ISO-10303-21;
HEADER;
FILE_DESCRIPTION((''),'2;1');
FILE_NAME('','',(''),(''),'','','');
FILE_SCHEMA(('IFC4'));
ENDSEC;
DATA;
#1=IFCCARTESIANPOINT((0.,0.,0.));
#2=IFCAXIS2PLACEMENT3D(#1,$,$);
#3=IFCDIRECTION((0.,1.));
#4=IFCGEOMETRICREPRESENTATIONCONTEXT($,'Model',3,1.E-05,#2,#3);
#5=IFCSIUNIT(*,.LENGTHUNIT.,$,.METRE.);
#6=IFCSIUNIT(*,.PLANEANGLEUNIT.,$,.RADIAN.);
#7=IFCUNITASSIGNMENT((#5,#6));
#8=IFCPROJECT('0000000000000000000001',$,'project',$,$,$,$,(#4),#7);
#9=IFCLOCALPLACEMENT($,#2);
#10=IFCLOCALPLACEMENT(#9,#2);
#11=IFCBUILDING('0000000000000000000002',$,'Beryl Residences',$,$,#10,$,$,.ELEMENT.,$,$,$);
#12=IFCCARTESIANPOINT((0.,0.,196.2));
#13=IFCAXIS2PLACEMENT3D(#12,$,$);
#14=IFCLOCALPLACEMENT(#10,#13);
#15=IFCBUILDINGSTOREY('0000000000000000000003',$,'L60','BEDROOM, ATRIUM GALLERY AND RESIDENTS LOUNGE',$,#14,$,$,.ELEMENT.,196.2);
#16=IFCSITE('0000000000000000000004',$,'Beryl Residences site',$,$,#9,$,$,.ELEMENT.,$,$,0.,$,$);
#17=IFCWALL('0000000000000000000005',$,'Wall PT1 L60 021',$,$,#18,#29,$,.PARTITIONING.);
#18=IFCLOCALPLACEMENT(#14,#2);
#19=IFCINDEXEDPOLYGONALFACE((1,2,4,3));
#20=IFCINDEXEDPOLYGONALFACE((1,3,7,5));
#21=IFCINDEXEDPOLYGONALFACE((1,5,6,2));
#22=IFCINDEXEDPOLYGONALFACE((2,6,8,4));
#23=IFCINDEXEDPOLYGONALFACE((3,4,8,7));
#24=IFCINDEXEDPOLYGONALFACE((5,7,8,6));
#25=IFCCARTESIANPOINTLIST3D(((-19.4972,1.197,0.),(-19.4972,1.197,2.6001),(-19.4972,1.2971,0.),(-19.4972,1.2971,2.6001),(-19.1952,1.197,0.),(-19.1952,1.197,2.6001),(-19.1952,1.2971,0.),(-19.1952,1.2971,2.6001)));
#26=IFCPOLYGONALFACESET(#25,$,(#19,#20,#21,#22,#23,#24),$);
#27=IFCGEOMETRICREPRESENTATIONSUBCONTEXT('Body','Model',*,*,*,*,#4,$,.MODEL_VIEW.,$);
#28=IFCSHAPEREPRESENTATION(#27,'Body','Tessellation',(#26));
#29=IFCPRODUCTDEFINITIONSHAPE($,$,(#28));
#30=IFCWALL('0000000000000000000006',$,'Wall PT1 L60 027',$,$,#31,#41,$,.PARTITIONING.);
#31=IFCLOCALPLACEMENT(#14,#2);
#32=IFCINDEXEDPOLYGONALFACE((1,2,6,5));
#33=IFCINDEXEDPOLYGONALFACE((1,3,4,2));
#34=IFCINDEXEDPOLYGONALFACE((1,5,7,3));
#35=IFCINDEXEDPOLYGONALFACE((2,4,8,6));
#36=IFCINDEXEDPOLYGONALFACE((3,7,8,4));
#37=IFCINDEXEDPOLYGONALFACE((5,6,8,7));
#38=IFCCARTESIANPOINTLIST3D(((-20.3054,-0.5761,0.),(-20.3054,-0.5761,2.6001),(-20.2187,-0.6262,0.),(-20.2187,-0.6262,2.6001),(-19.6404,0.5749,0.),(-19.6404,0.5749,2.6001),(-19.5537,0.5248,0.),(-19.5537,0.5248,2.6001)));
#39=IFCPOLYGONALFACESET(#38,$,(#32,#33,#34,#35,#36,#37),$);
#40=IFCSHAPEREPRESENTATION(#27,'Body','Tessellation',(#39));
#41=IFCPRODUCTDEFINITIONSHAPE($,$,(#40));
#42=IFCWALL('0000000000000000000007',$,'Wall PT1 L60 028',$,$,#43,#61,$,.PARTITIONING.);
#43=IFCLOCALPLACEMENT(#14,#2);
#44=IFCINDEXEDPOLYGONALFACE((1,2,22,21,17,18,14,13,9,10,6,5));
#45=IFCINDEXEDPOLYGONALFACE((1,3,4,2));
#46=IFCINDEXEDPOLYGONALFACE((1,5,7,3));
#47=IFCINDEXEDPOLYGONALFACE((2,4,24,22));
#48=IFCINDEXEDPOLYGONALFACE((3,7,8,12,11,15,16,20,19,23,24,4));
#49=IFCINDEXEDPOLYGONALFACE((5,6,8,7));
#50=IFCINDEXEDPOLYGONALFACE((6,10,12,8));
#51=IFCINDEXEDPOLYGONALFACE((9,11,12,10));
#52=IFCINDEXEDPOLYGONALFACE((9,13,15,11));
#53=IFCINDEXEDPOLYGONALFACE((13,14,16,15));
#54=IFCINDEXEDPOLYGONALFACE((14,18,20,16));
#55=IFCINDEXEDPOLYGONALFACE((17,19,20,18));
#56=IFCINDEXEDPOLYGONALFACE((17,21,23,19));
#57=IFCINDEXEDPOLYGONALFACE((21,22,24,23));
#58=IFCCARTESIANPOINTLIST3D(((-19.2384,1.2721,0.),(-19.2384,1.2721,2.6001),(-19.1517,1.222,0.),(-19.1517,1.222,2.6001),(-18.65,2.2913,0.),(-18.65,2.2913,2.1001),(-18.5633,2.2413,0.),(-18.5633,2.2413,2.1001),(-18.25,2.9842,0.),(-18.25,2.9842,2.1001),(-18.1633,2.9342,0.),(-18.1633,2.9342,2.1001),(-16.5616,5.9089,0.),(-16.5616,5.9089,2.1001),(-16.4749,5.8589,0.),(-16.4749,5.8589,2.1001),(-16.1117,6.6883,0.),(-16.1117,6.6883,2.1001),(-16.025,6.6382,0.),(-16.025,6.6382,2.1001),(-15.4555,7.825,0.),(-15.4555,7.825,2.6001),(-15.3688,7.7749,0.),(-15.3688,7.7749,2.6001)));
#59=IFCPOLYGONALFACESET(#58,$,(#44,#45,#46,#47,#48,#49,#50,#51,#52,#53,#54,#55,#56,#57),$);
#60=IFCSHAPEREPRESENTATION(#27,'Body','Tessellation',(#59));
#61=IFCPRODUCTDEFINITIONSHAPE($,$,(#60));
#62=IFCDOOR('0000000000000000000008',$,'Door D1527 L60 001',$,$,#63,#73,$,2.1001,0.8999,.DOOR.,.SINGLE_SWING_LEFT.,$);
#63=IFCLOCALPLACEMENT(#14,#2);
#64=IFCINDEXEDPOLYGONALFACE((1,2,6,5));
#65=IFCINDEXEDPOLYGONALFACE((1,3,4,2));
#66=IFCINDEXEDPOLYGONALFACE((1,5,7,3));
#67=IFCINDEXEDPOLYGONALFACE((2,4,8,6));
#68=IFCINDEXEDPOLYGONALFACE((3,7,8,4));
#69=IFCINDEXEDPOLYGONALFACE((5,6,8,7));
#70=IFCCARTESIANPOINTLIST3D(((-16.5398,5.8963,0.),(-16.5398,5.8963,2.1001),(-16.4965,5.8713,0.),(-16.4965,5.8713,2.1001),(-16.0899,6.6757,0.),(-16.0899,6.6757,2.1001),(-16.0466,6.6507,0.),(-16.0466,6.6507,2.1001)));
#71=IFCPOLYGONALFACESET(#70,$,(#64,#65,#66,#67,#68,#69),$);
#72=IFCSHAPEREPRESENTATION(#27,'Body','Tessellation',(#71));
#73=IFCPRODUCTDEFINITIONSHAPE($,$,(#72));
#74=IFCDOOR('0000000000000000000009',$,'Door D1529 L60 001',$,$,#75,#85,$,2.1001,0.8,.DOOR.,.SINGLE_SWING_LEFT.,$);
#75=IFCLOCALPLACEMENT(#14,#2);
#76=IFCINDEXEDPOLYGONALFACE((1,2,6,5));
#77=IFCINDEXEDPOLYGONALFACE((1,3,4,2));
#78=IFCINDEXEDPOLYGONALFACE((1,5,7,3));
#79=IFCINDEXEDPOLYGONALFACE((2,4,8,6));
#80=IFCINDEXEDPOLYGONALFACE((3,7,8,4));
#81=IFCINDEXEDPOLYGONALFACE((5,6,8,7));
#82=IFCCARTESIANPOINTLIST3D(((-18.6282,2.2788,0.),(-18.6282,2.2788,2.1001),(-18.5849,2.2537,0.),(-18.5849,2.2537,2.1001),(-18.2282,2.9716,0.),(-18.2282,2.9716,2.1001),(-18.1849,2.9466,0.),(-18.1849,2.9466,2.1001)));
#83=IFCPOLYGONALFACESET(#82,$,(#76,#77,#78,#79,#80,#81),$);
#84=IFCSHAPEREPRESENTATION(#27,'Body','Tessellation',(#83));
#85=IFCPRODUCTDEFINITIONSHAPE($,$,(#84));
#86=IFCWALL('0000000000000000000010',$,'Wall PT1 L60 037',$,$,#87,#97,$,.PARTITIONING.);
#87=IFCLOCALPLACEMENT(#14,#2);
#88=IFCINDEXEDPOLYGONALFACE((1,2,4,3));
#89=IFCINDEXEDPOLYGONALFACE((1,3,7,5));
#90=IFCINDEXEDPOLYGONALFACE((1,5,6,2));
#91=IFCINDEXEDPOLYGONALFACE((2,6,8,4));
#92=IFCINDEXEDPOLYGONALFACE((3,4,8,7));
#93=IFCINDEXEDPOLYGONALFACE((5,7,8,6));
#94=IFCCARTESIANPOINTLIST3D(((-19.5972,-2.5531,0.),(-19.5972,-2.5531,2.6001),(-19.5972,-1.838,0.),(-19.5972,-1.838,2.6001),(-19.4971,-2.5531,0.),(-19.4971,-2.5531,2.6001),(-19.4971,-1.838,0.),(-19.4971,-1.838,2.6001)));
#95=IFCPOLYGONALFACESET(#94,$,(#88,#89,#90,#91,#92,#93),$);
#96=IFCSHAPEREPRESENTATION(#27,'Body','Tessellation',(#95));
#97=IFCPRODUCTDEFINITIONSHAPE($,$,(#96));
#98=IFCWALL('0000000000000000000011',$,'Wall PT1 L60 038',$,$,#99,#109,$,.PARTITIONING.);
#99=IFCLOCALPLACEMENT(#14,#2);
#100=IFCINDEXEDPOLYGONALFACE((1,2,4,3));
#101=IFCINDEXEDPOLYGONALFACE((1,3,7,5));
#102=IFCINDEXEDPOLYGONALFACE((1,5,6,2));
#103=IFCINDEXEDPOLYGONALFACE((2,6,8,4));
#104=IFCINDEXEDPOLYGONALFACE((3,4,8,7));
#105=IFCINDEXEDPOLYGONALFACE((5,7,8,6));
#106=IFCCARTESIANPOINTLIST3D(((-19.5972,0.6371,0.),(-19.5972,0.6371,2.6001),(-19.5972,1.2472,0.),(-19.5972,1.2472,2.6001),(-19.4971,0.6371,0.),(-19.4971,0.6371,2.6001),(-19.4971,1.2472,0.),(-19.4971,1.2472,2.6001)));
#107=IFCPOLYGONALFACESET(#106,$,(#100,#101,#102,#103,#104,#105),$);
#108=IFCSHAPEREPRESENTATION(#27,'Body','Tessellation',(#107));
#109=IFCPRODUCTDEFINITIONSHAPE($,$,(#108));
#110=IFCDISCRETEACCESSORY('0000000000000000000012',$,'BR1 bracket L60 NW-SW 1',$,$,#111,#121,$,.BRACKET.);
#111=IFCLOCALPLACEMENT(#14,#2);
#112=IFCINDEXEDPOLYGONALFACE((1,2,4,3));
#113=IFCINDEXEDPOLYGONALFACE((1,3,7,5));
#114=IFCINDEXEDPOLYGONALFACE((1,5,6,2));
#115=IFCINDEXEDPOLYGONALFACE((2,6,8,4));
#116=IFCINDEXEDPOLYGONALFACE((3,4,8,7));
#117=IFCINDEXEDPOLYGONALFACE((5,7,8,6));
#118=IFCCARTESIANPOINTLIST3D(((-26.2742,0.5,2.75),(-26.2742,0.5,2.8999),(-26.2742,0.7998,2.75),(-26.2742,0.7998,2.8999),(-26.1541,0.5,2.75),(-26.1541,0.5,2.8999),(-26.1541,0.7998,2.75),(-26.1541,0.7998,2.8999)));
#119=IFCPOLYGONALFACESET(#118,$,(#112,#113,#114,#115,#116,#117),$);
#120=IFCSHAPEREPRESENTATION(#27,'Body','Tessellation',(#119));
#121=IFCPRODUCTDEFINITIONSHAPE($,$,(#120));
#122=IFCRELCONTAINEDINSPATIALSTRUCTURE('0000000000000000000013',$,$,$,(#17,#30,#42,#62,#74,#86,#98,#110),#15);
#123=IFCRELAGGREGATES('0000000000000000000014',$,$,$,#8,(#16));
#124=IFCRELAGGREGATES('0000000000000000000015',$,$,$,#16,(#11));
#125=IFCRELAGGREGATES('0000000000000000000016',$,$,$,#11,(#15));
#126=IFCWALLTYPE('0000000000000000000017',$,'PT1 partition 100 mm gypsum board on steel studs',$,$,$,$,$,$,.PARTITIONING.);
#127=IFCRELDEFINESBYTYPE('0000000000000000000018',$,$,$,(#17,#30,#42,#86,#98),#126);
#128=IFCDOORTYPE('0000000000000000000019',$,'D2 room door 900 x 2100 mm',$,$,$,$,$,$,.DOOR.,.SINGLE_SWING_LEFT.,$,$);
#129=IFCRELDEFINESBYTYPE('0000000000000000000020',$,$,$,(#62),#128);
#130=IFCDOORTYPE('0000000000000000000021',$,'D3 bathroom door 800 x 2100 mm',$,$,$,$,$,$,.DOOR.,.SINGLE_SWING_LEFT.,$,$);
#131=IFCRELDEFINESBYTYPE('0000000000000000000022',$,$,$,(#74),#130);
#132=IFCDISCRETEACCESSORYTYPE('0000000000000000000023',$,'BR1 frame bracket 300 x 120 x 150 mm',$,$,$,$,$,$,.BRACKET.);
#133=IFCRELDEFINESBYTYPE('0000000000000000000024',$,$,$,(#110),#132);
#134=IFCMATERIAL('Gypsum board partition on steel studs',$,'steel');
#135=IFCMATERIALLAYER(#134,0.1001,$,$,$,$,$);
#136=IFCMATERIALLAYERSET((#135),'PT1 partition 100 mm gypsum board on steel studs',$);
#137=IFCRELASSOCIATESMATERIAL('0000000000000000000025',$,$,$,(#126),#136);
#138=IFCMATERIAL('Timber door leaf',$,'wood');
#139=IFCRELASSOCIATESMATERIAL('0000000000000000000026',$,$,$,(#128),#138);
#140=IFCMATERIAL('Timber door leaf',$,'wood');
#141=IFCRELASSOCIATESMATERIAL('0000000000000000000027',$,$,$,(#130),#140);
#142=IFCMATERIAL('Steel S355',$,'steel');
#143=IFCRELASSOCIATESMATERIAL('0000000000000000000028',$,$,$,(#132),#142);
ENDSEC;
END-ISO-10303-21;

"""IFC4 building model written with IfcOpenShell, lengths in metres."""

from ifc_helpers import new_model, si_unit, direction, frame, frame_2d, origin, place, context, subcontext, project, spatial, polyline, rectangle, outline, extrude, source, transform, mapped, material, layer, layer_set, type_object, type_shapes, element, fill, save


model = new_model("IFC4")

# Units and contexts
model_context = context("Model", 3, precision=1e-05, world=origin(), true_north=direction((0.0, 1.0)))
body_context = subcontext(model_context, "Body", "Model", "MODEL_VIEW")
ifc_project = project(units=[si_unit("LENGTHUNIT", "METRE"), si_unit("PLANEANGLEUNIT", "RADIAN")], contexts=[model_context])

# Site, building, storey
site_placement = place(None, origin())
site = spatial("IfcSite", under=ifc_project, at=site_placement, Name="Beryl Residences site", CompositionType="ELEMENT", RefElevation=0.0)
building_placement = place(site_placement, origin())
building = spatial("IfcBuilding", under=site, at=building_placement, Name="Beryl Residences", CompositionType="ELEMENT")
storey_placement = place(building_placement, frame((0.0, 0.0, 196.2)))
storey = spatial("IfcBuildingStorey", under=building, at=storey_placement, Name="L60", Description="BEDROOM, ATRIUM GALLERY AND RESIDENTS LOUNGE", CompositionType="ELEMENT", Elevation=196.2)

# Shared definitions
ifc_material_1 = material(Name="Gypsum board partition on steel studs", Category="steel")
ifc_layer_1 = layer(ifc_material_1, 0.1001)
ifc_layer_set_1 = layer_set([ifc_layer_1], Name="PT1 partition 100 mm gypsum board on steel studs")
wall_type_1 = type_object("IfcWallType", Name="PT1 partition 100 mm gypsum board on steel studs", PredefinedType="PARTITIONING", material=ifc_layer_set_1)

# Shared definitions
ifc_material_2 = material(Name="Timber door leaf", Category="wood")
door_type_1 = type_object("IfcDoorType", Name="D2 room door 900 x 2100 mm", OperationType="SINGLE_SWING_LEFT", PredefinedType="DOOR", material=ifc_material_2)

# Walls
wall_1_placement = place(storey_placement, frame((-19.4971, 1.2471, 0.0), z_axis=(0.0, 0.0, 1.0), x_axis=(1.0, 0.0, 0.0)))
element("IfcWall", 1, at=wall_1_placement, inside=storey, type_object=wall_type_1, Name="Wall PT1 L60 021", PredefinedType="PARTITIONING", context=body_context, shape_type="SweptSolid", body=[
    extrude(rectangle(XDim=0.302, YDim=0.1001, at=frame_2d((0.1509, 0.0))), origin(), (0.0, 0.0, 1.0), 2.6001),
])
wall_2_placement = place(storey_placement, frame((-20.262, -0.6011, 0.0), z_axis=(0.0, 0.0, 1.0), x_axis=(0.500247, 0.865883, 0.0)))
element("IfcWall", 2, at=wall_2_placement, inside=storey, type_object=wall_type_1, Name="Wall PT1 L60 027", PredefinedType="PARTITIONING", context=body_context, shape_type="SweptSolid", body=[
    extrude(rectangle(XDim=1.3293, YDim=0.1001, at=frame_2d((0.6646, 0.0))), origin(), (0.0, 0.0, 1.0), 2.6001),
])

# Wall, openings, doors
wall_3_placement = place(storey_placement, frame((-19.1951, 1.2471, 0.0), z_axis=(0.0, 0.0, 1.0), x_axis=(0.49996, 0.866049, 0.0)))
wall_3 = element("IfcWall", 3, at=wall_3_placement, inside=storey, type_object=wall_type_1, Name="Wall PT1 L60 028", PredefinedType="PARTITIONING", context=body_context, shape_type="SweptSolid", body=[
    extrude(rectangle(XDim=7.5664, YDim=0.1001, at=frame_2d((3.7832, 0.0))), origin(), (0.0, 0.0, 1.0), 2.6001),
])
opening_1_placement = place(wall_3_placement, frame((5.354, 0.0, 0.0)))
opening_1 = element("IfcOpeningElement", 4, at=opening_1_placement, cuts=wall_3, PredefinedType="OPENING", context=body_context, shape_type="SweptSolid", body=[
    extrude(rectangle(XDim=0.8999, YDim=2.1001, at=frame_2d((0.45, 1.05))), frame((0.0, 0.0601, 0.0), z_axis=(0.0, -1.0, 0.0), x_axis=(1.0, 0.0, 0.0)), (0.0, 0.0, 1.0), 0.1201),
])
opening_2_placement = place(wall_3_placement, frame((1.177, 0.0, 0.0)))
opening_2 = element("IfcOpeningElement", 5, at=opening_2_placement, cuts=wall_3, PredefinedType="OPENING", context=body_context, shape_type="SweptSolid", body=[
    extrude(rectangle(XDim=0.8, YDim=2.1001, at=frame_2d((0.3999, 1.05))), frame((0.0, 0.0601, 0.0), z_axis=(0.0, -1.0, 0.0), x_axis=(1.0, 0.0, 0.0)), (0.0, 0.0, 1.0), 0.1201),
])
door_1_placement = place(opening_1_placement, origin())
door_1 = element("IfcDoor", 6, at=door_1_placement, inside=storey, type_object=door_type_1, Name="Door D1527 L60 001", OperationType="SINGLE_SWING_LEFT", OverallHeight=2.1001, OverallWidth=0.8999, PredefinedType="DOOR", context=body_context, shape_type="SweptSolid", body=[
    extrude(rectangle(XDim=0.8999, YDim=2.1001, at=frame_2d((0.45, 1.05))), frame((0.0, 0.0249, 0.0), z_axis=(0.0, -1.0, 0.0), x_axis=(1.0, 0.0, 0.0)), (0.0, 0.0, 1.0), 0.05),
])
fill(opening_1, door_1)
ifc_material_3 = material(Name="Timber door leaf", Category="wood")
door_type_2 = type_object("IfcDoorType", Name="D3 bathroom door 800 x 2100 mm", OperationType="SINGLE_SWING_LEFT", PredefinedType="DOOR", material=ifc_material_3)
door_2_placement = place(opening_2_placement, origin())
door_2 = element("IfcDoor", 7, at=door_2_placement, inside=storey, type_object=door_type_2, Name="Door D1529 L60 001", OperationType="SINGLE_SWING_LEFT", OverallHeight=2.1001, OverallWidth=0.8, PredefinedType="DOOR", context=body_context, shape_type="SweptSolid", body=[
    extrude(rectangle(XDim=0.8, YDim=2.1001, at=frame_2d((0.3999, 1.05))), frame((0.0, 0.0249, 0.0), z_axis=(0.0, -1.0, 0.0), x_axis=(1.0, 0.0, 0.0)), (0.0, 0.0, 1.0), 0.05),
])
fill(opening_2, door_2)

# Walls
wall_4_placement = place(storey_placement, frame((-19.5471, -2.553, 0.0), z_axis=(0.0, 0.0, 1.0), x_axis=(0.0, 1.0, 0.0)))
element("IfcWall", 8, at=wall_4_placement, inside=storey, type_object=wall_type_1, Name="Wall PT1 L60 037", PredefinedType="PARTITIONING", context=body_context, shape_type="SweptSolid", body=[
    extrude(rectangle(XDim=0.7151, YDim=0.1001, at=frame_2d((0.3574, 0.0))), origin(), (0.0, 0.0, 1.0), 2.6001),
])
wall_5_placement = place(storey_placement, frame((-19.5471, 0.637, 0.0), z_axis=(0.0, 0.0, 1.0), x_axis=(0.0, 1.0, 0.0)))
element("IfcWall", 9, at=wall_5_placement, inside=storey, type_object=wall_type_1, Name="Wall PT1 L60 038", PredefinedType="PARTITIONING", context=body_context, shape_type="SweptSolid", body=[
    extrude(rectangle(XDim=0.6101, YDim=0.1001, at=frame_2d((0.3052, 0.0))), origin(), (0.0, 0.0, 1.0), 2.6001),
])

# Discrete accessory
ifc_material_4 = material(Name="Steel S355", Category="steel")
discrete_accessory_type = type_object("IfcDiscreteAccessoryType", Name="BR1 frame bracket 300 x 120 x 150 mm", PredefinedType="BRACKET", material=ifc_material_4)
shared_shape_1 = source(origin(), body_context, "Body", "SweptSolid", [
    extrude(outline(polyline([(-0.1499, 0.0), (0.1499, 0.0), (0.1499, 0.1201), (-0.1499, 0.1201), (-0.1499, 0.0)])), origin(), (0.0, 0.0, 1.0), 0.1499),
])
type_shapes(discrete_accessory_type, [shared_shape_1])
discrete_accessory_placement = place(storey_placement, frame((-26.1541, 0.6499, 2.75), z_axis=(0.0, 0.0, 1.0), x_axis=(0.0, 1.0, 0.0)))
element("IfcDiscreteAccessory", 10, at=discrete_accessory_placement, inside=storey, type_object=discrete_accessory_type, Name="BR1 bracket L60 NW-SW 1", PredefinedType="BRACKET", context=body_context, shape_type="MappedRepresentation", body=[
    mapped(shared_shape_1, transform((0.0, 0.0, 0.0))),
])

save(model, "model.ifc")
